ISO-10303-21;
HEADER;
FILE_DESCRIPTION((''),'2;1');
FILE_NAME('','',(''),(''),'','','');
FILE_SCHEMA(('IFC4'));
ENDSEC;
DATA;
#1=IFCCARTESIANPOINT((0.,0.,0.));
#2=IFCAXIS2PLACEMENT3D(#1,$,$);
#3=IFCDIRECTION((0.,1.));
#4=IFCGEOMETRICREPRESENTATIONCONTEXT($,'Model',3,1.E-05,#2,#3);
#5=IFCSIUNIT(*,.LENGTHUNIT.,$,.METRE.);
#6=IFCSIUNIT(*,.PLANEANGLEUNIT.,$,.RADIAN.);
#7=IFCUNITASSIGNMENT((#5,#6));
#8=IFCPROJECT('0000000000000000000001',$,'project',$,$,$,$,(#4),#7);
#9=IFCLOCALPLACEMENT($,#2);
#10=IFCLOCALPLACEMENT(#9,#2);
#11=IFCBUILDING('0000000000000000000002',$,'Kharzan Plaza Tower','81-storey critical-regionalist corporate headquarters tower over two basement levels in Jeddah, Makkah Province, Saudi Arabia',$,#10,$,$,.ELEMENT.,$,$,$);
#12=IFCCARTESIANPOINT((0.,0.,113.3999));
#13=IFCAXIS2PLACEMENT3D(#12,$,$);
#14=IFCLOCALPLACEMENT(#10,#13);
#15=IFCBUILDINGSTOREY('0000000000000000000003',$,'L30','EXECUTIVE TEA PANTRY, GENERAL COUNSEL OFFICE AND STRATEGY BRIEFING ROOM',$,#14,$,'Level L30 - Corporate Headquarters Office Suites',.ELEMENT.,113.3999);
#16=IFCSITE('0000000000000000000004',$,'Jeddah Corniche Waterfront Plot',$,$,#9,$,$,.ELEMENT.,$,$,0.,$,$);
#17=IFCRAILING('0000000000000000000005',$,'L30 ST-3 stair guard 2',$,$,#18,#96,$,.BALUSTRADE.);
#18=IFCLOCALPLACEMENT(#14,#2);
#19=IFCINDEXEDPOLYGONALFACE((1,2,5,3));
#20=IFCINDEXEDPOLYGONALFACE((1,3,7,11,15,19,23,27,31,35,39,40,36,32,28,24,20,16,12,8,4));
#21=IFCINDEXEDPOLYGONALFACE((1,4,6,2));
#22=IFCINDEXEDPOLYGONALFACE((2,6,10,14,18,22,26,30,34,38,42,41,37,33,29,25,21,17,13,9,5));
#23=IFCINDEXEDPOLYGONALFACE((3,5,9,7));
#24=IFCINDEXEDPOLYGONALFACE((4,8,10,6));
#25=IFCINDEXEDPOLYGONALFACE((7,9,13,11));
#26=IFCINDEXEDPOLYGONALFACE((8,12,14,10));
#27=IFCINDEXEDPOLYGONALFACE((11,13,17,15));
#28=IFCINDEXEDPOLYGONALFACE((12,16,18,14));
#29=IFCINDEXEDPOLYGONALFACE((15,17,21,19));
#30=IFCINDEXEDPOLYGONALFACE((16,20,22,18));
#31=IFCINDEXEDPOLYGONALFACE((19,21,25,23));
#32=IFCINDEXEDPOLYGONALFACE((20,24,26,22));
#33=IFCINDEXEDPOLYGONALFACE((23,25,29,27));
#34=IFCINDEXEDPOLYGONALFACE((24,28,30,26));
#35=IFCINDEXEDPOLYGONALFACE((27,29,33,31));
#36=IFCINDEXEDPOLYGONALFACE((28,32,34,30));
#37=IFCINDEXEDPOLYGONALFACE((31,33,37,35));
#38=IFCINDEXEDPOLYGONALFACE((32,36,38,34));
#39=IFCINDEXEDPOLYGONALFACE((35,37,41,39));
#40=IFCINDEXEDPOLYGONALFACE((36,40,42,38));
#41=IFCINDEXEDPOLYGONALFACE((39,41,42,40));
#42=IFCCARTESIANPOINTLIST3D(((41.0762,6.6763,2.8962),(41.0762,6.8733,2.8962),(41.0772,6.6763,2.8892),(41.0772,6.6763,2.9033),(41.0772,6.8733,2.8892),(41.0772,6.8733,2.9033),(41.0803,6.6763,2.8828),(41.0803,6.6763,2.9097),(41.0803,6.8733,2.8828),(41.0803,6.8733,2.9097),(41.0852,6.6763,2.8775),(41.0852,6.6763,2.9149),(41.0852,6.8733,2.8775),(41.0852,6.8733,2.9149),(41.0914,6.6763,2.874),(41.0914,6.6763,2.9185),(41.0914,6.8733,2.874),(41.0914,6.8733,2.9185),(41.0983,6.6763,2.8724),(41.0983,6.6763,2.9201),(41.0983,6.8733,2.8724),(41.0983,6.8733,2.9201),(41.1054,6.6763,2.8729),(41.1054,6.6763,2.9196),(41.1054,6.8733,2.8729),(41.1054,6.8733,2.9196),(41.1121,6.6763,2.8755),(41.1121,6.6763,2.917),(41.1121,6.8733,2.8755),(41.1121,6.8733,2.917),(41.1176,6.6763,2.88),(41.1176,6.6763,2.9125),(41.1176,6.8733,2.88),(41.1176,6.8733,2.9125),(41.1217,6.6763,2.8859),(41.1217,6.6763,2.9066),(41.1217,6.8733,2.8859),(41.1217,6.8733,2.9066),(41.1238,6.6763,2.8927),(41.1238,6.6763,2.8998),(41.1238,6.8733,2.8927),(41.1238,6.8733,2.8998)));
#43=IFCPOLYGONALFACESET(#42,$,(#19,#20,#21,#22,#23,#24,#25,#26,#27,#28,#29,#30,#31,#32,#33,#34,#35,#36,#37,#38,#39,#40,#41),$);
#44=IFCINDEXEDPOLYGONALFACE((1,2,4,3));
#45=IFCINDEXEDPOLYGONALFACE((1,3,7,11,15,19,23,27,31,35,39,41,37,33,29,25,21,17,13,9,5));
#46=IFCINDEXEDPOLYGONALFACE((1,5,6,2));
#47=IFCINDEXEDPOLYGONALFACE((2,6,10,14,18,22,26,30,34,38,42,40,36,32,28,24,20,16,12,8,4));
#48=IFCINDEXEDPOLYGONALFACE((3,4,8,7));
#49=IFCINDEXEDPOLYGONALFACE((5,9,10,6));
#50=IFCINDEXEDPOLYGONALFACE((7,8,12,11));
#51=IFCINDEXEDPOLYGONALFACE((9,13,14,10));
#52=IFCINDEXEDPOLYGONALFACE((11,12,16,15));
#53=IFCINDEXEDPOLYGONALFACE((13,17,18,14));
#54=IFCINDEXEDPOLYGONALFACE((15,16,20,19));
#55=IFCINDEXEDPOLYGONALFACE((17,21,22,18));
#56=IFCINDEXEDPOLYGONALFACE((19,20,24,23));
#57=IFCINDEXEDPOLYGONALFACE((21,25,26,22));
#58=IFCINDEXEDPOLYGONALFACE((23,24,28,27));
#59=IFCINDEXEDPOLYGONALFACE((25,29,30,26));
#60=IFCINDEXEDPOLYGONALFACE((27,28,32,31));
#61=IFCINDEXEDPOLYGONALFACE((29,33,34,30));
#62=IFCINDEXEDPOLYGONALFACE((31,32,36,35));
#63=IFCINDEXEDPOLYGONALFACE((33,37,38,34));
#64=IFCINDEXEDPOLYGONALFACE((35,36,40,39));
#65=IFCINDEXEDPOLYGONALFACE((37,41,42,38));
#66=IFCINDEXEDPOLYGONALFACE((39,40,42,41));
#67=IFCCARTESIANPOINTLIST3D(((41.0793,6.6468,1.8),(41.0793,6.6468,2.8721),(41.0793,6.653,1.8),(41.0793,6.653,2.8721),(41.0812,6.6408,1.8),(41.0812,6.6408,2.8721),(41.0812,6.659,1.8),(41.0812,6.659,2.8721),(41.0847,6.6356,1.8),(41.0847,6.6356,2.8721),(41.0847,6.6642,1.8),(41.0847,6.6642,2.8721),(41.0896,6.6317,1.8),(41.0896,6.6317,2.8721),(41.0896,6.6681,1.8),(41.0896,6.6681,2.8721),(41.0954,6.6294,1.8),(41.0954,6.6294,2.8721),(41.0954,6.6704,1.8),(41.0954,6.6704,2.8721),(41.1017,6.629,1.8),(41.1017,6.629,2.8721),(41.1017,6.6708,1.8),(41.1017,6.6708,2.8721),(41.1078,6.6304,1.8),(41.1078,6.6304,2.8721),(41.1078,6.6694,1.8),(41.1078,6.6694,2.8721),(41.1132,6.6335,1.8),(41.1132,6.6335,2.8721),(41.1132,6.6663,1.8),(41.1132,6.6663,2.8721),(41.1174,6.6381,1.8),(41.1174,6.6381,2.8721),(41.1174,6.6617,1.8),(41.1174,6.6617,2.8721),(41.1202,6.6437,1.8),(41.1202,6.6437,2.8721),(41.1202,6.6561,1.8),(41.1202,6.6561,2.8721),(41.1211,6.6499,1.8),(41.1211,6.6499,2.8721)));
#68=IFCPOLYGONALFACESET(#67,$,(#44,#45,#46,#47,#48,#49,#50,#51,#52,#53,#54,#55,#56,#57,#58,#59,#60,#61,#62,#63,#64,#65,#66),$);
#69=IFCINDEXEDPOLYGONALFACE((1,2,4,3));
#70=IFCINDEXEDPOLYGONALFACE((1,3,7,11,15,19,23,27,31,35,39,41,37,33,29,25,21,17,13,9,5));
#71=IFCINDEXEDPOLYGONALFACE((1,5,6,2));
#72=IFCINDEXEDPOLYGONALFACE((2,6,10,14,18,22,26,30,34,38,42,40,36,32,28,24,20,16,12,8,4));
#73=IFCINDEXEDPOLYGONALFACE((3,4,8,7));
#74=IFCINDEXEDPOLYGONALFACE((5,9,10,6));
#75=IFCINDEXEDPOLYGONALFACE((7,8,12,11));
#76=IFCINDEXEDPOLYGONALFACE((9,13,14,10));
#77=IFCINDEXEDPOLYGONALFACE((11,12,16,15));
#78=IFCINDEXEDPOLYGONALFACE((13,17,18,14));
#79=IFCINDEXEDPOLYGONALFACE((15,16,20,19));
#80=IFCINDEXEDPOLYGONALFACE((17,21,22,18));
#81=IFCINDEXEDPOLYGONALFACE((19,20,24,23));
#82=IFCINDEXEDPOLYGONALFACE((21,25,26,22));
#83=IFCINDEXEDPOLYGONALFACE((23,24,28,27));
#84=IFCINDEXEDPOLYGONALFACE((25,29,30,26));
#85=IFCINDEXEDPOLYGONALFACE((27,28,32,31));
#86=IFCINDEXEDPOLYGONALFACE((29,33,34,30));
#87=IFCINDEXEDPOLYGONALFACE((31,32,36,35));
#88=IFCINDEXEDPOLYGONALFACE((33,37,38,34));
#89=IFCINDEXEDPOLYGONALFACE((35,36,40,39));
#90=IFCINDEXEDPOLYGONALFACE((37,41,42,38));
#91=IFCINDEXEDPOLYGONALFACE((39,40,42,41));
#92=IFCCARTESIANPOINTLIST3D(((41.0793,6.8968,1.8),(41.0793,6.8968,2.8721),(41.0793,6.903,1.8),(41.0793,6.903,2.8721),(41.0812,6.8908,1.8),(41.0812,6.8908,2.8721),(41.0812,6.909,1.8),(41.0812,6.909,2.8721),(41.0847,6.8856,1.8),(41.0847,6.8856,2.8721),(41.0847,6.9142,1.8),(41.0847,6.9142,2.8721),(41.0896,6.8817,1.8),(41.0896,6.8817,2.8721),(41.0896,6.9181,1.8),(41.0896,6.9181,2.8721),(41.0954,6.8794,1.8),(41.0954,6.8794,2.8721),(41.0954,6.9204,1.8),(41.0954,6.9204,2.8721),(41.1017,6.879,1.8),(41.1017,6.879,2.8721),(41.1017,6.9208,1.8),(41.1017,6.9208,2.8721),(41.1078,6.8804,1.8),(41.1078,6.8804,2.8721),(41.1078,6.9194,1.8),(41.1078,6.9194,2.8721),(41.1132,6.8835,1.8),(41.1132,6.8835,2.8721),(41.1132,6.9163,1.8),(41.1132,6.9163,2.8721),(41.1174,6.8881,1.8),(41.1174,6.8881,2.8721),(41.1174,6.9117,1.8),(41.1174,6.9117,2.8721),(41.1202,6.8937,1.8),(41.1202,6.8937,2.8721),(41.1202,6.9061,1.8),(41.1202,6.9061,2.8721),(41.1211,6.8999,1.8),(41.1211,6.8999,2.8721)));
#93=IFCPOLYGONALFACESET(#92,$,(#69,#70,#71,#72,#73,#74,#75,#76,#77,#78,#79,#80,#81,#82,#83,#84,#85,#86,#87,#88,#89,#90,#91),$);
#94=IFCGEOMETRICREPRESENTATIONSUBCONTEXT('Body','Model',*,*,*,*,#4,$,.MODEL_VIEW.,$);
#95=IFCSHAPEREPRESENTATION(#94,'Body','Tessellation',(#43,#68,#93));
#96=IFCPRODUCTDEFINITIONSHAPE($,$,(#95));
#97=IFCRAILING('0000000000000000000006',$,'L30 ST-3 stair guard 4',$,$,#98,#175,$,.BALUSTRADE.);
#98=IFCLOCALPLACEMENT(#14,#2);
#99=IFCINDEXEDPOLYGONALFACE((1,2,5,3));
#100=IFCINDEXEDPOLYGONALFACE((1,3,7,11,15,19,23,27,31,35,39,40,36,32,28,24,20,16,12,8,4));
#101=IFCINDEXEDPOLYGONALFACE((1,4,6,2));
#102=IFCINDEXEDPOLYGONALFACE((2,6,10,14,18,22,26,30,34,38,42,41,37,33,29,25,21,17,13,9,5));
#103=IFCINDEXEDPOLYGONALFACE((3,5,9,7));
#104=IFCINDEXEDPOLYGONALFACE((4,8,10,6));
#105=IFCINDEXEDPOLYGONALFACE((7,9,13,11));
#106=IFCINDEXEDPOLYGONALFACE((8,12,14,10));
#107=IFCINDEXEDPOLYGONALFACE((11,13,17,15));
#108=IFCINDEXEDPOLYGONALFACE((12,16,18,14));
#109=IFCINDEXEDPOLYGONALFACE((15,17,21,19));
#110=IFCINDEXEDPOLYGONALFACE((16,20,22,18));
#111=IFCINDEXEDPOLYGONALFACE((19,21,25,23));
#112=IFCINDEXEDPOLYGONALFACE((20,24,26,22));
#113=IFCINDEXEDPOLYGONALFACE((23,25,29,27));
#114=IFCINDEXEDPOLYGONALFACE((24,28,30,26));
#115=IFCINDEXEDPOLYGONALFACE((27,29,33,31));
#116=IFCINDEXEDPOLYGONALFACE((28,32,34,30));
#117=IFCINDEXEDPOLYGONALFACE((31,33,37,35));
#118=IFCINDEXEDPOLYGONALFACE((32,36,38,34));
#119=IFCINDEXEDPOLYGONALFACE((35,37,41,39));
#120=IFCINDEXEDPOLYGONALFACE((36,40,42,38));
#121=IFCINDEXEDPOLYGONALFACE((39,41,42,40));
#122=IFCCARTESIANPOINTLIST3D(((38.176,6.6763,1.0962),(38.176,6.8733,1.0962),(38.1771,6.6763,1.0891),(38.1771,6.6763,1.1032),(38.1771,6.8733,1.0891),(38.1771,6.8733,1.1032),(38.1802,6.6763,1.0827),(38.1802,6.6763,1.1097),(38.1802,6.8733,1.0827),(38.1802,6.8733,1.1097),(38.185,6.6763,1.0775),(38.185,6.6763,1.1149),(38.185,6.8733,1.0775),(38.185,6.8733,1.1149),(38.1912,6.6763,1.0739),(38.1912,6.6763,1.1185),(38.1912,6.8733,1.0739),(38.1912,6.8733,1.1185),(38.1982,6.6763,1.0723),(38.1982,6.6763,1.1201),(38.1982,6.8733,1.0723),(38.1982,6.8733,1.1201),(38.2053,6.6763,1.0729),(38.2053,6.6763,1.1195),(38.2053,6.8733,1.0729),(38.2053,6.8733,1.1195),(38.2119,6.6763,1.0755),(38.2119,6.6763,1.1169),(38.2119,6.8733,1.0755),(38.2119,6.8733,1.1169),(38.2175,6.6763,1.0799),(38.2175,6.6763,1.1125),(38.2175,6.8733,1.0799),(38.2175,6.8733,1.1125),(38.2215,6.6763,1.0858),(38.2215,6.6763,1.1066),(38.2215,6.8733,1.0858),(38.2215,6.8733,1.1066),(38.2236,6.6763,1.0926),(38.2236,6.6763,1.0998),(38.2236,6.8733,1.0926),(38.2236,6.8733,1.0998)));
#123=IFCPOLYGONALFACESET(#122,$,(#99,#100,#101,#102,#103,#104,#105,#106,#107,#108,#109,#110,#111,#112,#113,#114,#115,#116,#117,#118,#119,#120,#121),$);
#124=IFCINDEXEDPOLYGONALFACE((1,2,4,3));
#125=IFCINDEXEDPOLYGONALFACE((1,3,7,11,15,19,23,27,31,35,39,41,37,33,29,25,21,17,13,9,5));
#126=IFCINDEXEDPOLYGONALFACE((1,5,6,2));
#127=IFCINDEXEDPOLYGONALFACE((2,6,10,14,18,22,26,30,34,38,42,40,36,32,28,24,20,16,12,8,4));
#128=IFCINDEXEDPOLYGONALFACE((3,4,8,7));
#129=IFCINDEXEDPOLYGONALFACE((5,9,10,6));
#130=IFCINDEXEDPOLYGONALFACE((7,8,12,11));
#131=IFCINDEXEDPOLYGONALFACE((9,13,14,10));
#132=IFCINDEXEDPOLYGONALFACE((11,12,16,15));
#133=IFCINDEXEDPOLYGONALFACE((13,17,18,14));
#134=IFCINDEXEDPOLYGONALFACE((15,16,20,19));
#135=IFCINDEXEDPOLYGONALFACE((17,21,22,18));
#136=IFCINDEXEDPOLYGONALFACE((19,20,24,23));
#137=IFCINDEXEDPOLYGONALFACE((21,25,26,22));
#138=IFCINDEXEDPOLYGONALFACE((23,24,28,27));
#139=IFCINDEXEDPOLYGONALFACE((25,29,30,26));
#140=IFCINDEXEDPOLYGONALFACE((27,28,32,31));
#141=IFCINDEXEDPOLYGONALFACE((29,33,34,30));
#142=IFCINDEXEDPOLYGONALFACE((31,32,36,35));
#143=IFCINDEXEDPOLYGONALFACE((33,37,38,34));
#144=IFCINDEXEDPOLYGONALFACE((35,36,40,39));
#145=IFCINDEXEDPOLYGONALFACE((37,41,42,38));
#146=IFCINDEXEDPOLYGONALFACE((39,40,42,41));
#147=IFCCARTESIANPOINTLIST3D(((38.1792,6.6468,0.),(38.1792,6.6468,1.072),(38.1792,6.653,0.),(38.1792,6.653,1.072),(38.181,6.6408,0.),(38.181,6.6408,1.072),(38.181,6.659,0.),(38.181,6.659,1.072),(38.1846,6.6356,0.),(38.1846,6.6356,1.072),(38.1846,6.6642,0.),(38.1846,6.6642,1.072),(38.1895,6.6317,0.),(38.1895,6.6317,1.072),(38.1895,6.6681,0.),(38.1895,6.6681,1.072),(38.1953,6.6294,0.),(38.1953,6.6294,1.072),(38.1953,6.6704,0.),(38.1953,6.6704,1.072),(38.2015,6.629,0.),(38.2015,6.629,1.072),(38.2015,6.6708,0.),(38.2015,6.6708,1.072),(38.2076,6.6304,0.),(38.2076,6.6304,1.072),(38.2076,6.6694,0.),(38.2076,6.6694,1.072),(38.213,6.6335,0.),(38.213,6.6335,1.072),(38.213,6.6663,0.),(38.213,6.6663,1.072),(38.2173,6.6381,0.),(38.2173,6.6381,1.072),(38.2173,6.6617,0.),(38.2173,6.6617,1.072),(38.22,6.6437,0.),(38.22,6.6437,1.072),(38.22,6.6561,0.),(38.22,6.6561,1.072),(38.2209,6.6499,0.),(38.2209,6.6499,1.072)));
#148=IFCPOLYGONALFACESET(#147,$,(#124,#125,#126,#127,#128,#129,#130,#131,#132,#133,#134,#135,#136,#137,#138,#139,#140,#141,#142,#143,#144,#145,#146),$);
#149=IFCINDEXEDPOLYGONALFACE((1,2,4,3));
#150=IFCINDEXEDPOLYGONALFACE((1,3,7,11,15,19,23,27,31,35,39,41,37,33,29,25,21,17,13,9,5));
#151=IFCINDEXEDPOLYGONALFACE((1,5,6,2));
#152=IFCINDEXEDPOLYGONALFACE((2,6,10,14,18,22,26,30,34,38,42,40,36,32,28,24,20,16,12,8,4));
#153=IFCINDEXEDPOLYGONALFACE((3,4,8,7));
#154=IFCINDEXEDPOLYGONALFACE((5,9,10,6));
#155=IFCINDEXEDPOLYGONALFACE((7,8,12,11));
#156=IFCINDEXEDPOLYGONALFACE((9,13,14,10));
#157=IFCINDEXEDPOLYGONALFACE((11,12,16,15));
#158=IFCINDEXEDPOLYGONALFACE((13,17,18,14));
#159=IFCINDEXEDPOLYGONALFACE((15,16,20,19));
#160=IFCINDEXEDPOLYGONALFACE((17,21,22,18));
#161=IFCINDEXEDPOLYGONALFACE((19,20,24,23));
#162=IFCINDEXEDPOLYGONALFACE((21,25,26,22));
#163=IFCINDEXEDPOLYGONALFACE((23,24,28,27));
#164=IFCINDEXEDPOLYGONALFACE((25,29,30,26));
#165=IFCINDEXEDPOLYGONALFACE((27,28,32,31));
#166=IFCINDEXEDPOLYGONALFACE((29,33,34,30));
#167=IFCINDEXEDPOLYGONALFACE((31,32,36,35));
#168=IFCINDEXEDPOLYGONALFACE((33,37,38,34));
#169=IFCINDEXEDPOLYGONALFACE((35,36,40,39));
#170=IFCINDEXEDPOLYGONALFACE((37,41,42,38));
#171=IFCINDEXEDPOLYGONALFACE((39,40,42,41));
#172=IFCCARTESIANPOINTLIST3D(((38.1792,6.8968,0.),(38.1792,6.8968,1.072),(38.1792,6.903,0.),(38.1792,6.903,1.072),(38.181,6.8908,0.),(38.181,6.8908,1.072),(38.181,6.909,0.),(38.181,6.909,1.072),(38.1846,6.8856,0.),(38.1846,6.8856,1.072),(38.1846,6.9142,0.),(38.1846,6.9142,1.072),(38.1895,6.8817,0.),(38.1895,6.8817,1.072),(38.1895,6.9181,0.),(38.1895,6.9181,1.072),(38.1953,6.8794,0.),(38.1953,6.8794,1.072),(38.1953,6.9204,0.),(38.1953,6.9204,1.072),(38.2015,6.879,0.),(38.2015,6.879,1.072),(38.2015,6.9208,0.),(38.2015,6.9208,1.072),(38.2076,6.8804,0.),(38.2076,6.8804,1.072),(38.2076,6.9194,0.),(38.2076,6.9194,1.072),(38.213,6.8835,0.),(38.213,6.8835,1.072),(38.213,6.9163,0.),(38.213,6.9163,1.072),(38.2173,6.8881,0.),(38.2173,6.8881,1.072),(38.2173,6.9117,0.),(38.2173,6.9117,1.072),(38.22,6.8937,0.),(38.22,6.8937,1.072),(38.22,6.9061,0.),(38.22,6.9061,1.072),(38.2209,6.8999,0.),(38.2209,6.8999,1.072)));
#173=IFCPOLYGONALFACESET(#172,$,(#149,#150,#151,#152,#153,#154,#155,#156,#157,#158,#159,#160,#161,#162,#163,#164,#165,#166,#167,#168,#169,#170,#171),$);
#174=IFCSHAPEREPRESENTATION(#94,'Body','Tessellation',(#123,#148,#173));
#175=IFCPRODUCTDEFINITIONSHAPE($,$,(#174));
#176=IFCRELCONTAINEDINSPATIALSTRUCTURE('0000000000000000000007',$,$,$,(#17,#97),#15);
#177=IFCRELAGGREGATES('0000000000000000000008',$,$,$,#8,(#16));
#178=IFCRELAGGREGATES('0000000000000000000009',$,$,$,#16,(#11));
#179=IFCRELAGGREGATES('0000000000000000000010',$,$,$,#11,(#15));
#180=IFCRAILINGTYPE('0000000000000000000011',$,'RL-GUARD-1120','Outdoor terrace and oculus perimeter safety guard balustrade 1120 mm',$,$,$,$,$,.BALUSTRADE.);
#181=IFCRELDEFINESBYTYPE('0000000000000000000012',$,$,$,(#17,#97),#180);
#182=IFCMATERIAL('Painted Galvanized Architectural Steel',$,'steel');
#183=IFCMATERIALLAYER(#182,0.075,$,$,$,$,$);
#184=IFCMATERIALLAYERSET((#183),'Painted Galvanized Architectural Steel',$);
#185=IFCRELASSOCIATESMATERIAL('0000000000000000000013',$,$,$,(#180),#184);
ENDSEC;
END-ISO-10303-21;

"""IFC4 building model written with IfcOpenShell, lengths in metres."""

from ifc_helpers import new_model, si_unit, direction, frame, origin, origin_2d, place, context, subcontext, project, spatial, circle, extrude, source, transform, mapped, material, layer, layer_set, type_object, element, save


model = new_model("IFC4")

# Units and contexts
model_context = context("Model", 3, precision=1e-05, world=origin(), true_north=direction((0.0, 1.0)))
body_context = subcontext(model_context, "Body", "Model", "MODEL_VIEW")
ifc_project = project(units=[si_unit("LENGTHUNIT", "METRE"), si_unit("PLANEANGLEUNIT", "RADIAN")], contexts=[model_context])

# Site, building, storey
site_placement = place(None, origin())
site = spatial("IfcSite", under=ifc_project, at=site_placement, Name="Jeddah Corniche Waterfront Plot", CompositionType="ELEMENT", RefElevation=0.0)
building_placement = place(site_placement, origin())
building = spatial("IfcBuilding", under=site, at=building_placement, Name="Kharzan Plaza Tower", Description="81-storey critical-regionalist corporate headquarters tower over two basement levels in Jeddah, Makkah Province, Saudi Arabia", CompositionType="ELEMENT")
storey_placement = place(building_placement, frame((0.0, 0.0, 113.3999)))
storey = spatial("IfcBuildingStorey", under=building, at=storey_placement, Name="L30", Description="EXECUTIVE TEA PANTRY, GENERAL COUNSEL OFFICE AND STRATEGY BRIEFING ROOM", LongName="Level L30 - Corporate Headquarters Office Suites", CompositionType="ELEMENT", Elevation=113.3999)

# Railings
ifc_material_1 = material(Name="Painted Galvanized Architectural Steel", Category="steel")
ifc_layer_1 = layer(ifc_material_1, 0.075)
ifc_layer_set_1 = layer_set([ifc_layer_1], Name="Painted Galvanized Architectural Steel")
railing_type_1 = type_object("IfcRailingType", Name="RL-GUARD-1120", Description="Outdoor terrace and oculus perimeter safety guard balustrade 1120 mm", PredefinedType="BALUSTRADE", material=ifc_layer_set_1)
shared_shape_1 = source(origin(), body_context, "Body", "SweptSolid", [
    extrude(circle(Radius=0.0239, at=origin_2d()), frame((0.0, 0.0264, 1.0962), z_axis=(0.0, 1.0, 0.0), x_axis=(-1.0, 0.0, 0.0)), (0.0, 0.0, 1.0), 0.197),
    extrude(circle(Radius=0.021, at=origin_2d()), origin(), (0.0, 0.0, 1.0), 1.072),
    extrude(circle(Radius=0.021, at=origin_2d()), frame((0.0, 0.25, 0.0)), (0.0, 0.0, 1.0), 1.072),
])
for number, where, name in (
    (1, (41.1001, 6.6499, 1.8), "L30 ST-3 stair guard 2"),
    (2, (38.2, 6.6499, 0.0), "L30 ST-3 stair guard 4"),
):
    element("IfcRailing", number, at=place(storey_placement, frame(where)), inside=storey, type_object=railing_type_1, Name=name, PredefinedType="BALUSTRADE", context=body_context, shape_type="MappedRepresentation", body=[
        mapped(shared_shape_1, transform((0.0, 0.0, 0.0), x_axis=(1.0, 0.0, 0.0), y_axis=(0.0, 1.0, 0.0), z_axis=(0.0, 0.0, 1.0))),
    ])

save(model, "model.ifc")
